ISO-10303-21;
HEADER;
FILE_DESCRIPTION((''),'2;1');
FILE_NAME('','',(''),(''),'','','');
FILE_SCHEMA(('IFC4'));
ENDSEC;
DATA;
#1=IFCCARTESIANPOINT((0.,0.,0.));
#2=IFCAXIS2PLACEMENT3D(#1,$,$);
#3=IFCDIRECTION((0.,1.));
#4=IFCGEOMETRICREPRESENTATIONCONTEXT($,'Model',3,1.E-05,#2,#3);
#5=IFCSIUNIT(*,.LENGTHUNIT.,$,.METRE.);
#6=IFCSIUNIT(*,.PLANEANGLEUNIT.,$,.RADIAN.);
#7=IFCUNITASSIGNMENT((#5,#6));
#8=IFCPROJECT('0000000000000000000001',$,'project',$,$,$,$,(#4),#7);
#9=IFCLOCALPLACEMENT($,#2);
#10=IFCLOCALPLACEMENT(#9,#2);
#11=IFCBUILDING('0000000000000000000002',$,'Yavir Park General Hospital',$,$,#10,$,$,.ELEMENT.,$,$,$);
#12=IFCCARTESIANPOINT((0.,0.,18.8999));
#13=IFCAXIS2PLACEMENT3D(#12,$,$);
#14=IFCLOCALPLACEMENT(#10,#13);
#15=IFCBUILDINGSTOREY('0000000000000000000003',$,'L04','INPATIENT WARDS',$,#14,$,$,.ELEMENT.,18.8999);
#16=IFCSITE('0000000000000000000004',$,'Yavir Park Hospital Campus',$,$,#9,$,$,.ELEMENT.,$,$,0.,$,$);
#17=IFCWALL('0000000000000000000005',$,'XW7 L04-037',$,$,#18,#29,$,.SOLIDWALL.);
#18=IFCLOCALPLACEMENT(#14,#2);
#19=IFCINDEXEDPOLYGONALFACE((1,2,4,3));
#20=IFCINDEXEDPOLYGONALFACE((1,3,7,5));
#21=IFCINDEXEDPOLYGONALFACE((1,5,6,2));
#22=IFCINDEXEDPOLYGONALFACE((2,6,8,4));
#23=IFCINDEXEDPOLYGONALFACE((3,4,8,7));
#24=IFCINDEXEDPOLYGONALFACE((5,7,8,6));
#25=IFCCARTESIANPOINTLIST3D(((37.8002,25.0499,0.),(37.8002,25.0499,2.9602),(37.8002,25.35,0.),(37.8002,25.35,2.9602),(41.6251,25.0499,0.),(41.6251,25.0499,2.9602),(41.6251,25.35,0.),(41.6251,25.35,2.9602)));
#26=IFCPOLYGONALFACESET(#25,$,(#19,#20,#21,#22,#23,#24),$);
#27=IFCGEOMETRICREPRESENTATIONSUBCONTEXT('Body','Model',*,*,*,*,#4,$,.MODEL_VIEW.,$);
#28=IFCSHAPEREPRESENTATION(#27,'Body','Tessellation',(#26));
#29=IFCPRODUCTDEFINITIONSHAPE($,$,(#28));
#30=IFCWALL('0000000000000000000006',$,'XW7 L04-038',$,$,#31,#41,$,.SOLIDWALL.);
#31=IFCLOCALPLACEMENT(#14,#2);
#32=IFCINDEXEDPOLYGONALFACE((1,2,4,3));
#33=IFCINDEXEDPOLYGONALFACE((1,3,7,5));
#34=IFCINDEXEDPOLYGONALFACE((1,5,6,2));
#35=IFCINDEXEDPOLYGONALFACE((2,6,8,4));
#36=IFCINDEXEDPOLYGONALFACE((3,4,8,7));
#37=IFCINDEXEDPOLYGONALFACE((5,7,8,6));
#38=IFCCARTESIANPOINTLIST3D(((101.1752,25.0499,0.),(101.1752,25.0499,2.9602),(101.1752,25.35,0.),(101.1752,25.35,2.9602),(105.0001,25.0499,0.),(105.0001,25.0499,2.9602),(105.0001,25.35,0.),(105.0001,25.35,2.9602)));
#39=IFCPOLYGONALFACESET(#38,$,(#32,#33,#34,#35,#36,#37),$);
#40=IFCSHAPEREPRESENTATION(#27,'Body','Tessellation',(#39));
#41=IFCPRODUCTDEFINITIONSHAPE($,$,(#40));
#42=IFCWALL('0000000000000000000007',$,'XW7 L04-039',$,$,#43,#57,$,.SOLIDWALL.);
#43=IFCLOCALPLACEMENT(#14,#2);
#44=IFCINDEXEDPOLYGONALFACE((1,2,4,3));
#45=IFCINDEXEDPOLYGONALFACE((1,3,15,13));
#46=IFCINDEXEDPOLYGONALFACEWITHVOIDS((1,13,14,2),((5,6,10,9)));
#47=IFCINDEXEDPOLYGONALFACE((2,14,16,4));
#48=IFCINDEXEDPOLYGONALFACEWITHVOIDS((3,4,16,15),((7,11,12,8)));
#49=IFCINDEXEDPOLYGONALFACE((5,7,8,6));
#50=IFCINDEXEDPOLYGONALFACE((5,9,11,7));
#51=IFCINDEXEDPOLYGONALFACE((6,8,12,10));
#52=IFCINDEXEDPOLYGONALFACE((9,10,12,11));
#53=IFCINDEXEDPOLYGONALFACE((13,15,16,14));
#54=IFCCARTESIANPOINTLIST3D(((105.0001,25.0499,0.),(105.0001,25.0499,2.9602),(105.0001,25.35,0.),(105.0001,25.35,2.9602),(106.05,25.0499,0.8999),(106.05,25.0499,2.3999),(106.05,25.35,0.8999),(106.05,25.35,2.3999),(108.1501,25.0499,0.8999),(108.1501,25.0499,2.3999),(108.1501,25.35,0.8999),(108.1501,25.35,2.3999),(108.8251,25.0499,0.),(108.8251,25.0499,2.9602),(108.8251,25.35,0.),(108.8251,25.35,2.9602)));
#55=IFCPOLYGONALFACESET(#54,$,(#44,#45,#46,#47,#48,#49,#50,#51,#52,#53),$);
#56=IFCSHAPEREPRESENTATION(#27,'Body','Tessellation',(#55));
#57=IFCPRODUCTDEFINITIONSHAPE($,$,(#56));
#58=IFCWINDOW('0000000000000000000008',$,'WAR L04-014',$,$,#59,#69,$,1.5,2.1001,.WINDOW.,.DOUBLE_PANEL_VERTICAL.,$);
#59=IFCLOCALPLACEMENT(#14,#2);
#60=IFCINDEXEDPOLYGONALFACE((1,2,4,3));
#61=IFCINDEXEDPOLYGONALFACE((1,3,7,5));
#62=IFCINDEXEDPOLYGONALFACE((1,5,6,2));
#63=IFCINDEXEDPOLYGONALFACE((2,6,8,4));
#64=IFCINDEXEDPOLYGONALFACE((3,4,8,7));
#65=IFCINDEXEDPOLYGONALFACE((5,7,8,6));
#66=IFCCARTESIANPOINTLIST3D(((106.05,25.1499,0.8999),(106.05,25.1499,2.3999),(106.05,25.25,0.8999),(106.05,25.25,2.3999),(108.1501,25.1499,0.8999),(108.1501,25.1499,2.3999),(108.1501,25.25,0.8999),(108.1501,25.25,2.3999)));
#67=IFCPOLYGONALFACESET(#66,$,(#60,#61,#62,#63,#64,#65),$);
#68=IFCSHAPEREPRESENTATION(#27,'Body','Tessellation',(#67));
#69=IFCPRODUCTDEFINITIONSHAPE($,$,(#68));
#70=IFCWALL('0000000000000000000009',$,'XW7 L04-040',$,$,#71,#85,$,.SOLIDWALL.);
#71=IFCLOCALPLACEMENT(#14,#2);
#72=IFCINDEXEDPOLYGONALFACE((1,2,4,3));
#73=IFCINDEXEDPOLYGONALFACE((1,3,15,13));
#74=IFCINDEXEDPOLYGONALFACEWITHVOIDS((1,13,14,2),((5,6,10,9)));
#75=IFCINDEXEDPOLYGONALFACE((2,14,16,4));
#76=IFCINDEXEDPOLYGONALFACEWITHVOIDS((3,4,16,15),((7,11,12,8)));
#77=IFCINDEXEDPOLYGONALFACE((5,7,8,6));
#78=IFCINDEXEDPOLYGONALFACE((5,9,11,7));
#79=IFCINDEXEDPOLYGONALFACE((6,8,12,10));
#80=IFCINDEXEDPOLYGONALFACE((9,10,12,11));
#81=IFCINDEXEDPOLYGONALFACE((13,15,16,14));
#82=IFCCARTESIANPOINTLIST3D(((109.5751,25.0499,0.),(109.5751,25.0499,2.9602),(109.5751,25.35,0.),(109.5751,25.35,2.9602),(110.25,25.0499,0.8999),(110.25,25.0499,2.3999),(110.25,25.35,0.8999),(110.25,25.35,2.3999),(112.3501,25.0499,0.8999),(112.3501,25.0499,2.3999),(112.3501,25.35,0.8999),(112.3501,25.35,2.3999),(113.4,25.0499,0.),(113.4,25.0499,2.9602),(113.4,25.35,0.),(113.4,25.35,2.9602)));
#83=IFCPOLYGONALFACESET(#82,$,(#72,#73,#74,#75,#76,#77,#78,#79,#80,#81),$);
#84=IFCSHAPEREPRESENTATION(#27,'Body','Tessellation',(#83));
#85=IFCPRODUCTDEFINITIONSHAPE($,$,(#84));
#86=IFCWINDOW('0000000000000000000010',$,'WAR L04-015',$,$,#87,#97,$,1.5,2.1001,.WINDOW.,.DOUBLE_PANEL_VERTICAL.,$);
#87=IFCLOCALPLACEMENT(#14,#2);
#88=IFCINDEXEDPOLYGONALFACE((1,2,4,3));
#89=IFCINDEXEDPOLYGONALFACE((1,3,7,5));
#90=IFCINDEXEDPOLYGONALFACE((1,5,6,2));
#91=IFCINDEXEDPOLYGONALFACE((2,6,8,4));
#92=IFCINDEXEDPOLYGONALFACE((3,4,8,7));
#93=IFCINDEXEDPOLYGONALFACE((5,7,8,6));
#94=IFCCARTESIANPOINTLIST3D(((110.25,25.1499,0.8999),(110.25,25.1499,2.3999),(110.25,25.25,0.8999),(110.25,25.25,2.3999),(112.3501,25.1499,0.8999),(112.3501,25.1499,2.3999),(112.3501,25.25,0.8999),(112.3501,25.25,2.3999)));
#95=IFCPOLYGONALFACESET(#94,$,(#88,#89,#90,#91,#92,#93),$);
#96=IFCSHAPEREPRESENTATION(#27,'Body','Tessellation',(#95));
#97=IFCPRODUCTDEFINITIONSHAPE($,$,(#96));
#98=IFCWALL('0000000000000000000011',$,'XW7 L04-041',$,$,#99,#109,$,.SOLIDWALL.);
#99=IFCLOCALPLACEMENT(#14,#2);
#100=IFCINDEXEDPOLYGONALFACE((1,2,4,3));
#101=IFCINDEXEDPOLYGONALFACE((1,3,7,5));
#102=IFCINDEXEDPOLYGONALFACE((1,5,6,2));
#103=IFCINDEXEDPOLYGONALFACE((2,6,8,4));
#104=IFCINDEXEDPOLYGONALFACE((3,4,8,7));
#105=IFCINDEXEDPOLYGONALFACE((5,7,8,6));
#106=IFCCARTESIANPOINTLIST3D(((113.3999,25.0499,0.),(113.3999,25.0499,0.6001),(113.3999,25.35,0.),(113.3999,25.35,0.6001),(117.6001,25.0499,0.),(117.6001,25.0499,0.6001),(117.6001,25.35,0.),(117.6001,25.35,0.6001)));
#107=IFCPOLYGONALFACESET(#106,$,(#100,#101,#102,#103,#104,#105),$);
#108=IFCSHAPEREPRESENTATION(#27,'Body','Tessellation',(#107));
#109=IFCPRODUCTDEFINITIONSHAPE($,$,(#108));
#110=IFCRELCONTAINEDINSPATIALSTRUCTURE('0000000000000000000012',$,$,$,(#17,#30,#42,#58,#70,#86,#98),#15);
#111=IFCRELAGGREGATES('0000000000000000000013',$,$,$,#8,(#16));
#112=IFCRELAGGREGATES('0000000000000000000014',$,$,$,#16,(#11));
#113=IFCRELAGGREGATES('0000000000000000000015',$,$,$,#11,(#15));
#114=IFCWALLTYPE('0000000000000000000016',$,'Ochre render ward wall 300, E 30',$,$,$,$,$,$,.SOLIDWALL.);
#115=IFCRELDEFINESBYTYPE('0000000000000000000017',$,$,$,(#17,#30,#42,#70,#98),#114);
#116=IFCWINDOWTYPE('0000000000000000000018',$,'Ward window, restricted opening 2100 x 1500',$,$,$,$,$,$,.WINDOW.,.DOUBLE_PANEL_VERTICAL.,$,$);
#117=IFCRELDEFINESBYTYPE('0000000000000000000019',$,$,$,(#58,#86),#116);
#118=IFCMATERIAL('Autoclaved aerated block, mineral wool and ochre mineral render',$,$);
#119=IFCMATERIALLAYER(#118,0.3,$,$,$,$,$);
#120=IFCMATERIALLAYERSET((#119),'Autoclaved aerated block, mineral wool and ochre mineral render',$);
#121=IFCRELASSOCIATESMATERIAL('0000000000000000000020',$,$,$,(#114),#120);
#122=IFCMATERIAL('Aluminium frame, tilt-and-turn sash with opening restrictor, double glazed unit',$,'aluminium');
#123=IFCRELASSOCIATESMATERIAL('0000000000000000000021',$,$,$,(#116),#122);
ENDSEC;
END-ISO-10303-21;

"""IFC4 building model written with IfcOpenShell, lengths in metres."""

from ifc_helpers import new_model, si_unit, direction, frame, frame_2d, origin, place, context, subcontext, project, spatial, rectangle, extrude, material, layer, layer_set, type_object, element, fill, save


model = new_model("IFC4")

# Units and contexts
model_context = context("Model", 3, precision=1e-05, world=origin(), true_north=direction((0.0, 1.0)))
body_context = subcontext(model_context, "Body", "Model", "MODEL_VIEW")
ifc_project = project(units=[si_unit("LENGTHUNIT", "METRE"), si_unit("PLANEANGLEUNIT", "RADIAN")], contexts=[model_context])

# Site, building, storey
site_placement = place(None, origin())
site = spatial("IfcSite", under=ifc_project, at=site_placement, Name="Yavir Park Hospital Campus", CompositionType="ELEMENT", RefElevation=0.0)
building_placement = place(site_placement, origin())
building = spatial("IfcBuilding", under=site, at=building_placement, Name="Yavir Park General Hospital", CompositionType="ELEMENT")
storey_placement = place(building_placement, frame((0.0, 0.0, 18.8999)))
storey = spatial("IfcBuildingStorey", under=building, at=storey_placement, Name="L04", Description="INPATIENT WARDS", CompositionType="ELEMENT", Elevation=18.8999)

# Shared definitions
ifc_material_1 = material(Name="Autoclaved aerated block, mineral wool and ochre mineral render")
ifc_layer = layer(ifc_material_1, 0.3)
ifc_layer_set = layer_set([ifc_layer], Name="Autoclaved aerated block, mineral wool and ochre mineral render")
wall_type = type_object("IfcWallType", Name="Ochre render ward wall 300, E 30", PredefinedType="SOLIDWALL", material=ifc_layer_set)

# Shared definitions
ifc_material_2 = material(Name="Aluminium frame, tilt-and-turn sash with opening restrictor, double glazed unit", Category="aluminium")
window_type = type_object("IfcWindowType", Name="Ward window, restricted opening 2100 x 1500", PartitioningType="DOUBLE_PANEL_VERTICAL", PredefinedType="WINDOW", material=ifc_material_2)

# Walls
for number, where, z_axis, x_axis, name in (
    (1, (37.8, 25.2, 0.0), (0.0, 0.0, 1.0), (1.0, 0.0, 0.0), "XW7 L04-037"),
    (2, (101.175, 25.2, 0.0), (0.0, 0.0, 1.0), (1.0, 0.0, 0.0), "XW7 L04-038"),
):
    element("IfcWall", number, at=place(storey_placement, frame(where, z_axis=z_axis, x_axis=x_axis)), inside=storey, type_object=wall_type, Name=name, PredefinedType="SOLIDWALL", context=body_context, shape_type="SweptSolid", body=[
        extrude(rectangle(XDim=3.825, YDim=0.3, at=frame_2d((1.9126, 0.0))), origin(), (0.0, 0.0, 1.0), 2.9602),
    ])

# Walls, openings, windows
wall_1_placement = place(storey_placement, frame((105.0, 25.2, 0.0), z_axis=(0.0, 0.0, 1.0), x_axis=(1.0, 0.0, 0.0)))
wall_1 = element("IfcWall", 3, at=wall_1_placement, inside=storey, type_object=wall_type, Name="XW7 L04-039", PredefinedType="SOLIDWALL", context=body_context, shape_type="SweptSolid", body=[
    extrude(rectangle(XDim=3.825, YDim=0.3, at=frame_2d((1.9126, 0.0))), origin(), (0.0, 0.0, 1.0), 2.9602),
])
opening_1_placement = place(wall_1_placement, frame((1.05, 0.0, 0.8999)))
opening_1 = element("IfcOpeningElement", 4, at=opening_1_placement, cuts=wall_1, PredefinedType="OPENING", context=body_context, shape_type="SweptSolid", body=[
    extrude(rectangle(XDim=2.1001, YDim=1.5, at=frame_2d((1.05, 0.75))), frame((0.0, 0.1599, 0.0), z_axis=(0.0, -1.0, 0.0), x_axis=(1.0, 0.0, 0.0)), (0.0, 0.0, 1.0), 0.3201),
])
window_1_placement = place(opening_1_placement, origin())
window_1 = element("IfcWindow", 5, at=window_1_placement, inside=storey, type_object=window_type, Name="WAR L04-014", OverallHeight=1.5, OverallWidth=2.1001, PartitioningType="DOUBLE_PANEL_VERTICAL", PredefinedType="WINDOW", context=body_context, shape_type="SweptSolid", body=[
    extrude(rectangle(XDim=2.1001, YDim=1.5, at=frame_2d((1.05, 0.75))), frame((0.0, 0.05, 0.0), z_axis=(0.0, -1.0, 0.0), x_axis=(1.0, 0.0, 0.0)), (0.0, 0.0, 1.0), 0.1001),
])
fill(opening_1, window_1)
wall_2_placement = place(storey_placement, frame((109.575, 25.2, 0.0), z_axis=(0.0, 0.0, 1.0), x_axis=(1.0, 0.0, 0.0)))
wall_2 = element("IfcWall", 6, at=wall_2_placement, inside=storey, type_object=wall_type, Name="XW7 L04-040", PredefinedType="SOLIDWALL", context=body_context, shape_type="SweptSolid", body=[
    extrude(rectangle(XDim=3.825, YDim=0.3, at=frame_2d((1.9126, 0.0))), origin(), (0.0, 0.0, 1.0), 2.9602),
])
opening_2_placement = place(wall_2_placement, frame((0.675, 0.0, 0.8999)))
opening_2 = element("IfcOpeningElement", 7, at=opening_2_placement, cuts=wall_2, PredefinedType="OPENING", context=body_context, shape_type="SweptSolid", body=[
    extrude(rectangle(XDim=2.1001, YDim=1.5, at=frame_2d((1.05, 0.75))), frame((0.0, 0.1599, 0.0), z_axis=(0.0, -1.0, 0.0), x_axis=(1.0, 0.0, 0.0)), (0.0, 0.0, 1.0), 0.3201),
])
window_2_placement = place(opening_2_placement, origin())
window_2 = element("IfcWindow", 8, at=window_2_placement, inside=storey, type_object=window_type, Name="WAR L04-015", OverallHeight=1.5, OverallWidth=2.1001, PartitioningType="DOUBLE_PANEL_VERTICAL", PredefinedType="WINDOW", context=body_context, shape_type="SweptSolid", body=[
    extrude(rectangle(XDim=2.1001, YDim=1.5, at=frame_2d((1.05, 0.75))), frame((0.0, 0.05, 0.0), z_axis=(0.0, -1.0, 0.0), x_axis=(1.0, 0.0, 0.0)), (0.0, 0.0, 1.0), 0.1001),
])
fill(opening_2, window_2)

# Wall
wall_3_placement = place(storey_placement, frame((113.3999, 25.2, 0.0), z_axis=(0.0, 0.0, 1.0), x_axis=(1.0, 0.0, 0.0)))
element("IfcWall", 9, at=wall_3_placement, inside=storey, type_object=wall_type, Name="XW7 L04-041", PredefinedType="SOLIDWALL", context=body_context, shape_type="SweptSolid", body=[
    extrude(rectangle(XDim=4.2002, YDim=0.3, at=frame_2d((2.1001, 0.0))), origin(), (0.0, 0.0, 1.0), 0.6001),
])

save(model, "model.ifc")
